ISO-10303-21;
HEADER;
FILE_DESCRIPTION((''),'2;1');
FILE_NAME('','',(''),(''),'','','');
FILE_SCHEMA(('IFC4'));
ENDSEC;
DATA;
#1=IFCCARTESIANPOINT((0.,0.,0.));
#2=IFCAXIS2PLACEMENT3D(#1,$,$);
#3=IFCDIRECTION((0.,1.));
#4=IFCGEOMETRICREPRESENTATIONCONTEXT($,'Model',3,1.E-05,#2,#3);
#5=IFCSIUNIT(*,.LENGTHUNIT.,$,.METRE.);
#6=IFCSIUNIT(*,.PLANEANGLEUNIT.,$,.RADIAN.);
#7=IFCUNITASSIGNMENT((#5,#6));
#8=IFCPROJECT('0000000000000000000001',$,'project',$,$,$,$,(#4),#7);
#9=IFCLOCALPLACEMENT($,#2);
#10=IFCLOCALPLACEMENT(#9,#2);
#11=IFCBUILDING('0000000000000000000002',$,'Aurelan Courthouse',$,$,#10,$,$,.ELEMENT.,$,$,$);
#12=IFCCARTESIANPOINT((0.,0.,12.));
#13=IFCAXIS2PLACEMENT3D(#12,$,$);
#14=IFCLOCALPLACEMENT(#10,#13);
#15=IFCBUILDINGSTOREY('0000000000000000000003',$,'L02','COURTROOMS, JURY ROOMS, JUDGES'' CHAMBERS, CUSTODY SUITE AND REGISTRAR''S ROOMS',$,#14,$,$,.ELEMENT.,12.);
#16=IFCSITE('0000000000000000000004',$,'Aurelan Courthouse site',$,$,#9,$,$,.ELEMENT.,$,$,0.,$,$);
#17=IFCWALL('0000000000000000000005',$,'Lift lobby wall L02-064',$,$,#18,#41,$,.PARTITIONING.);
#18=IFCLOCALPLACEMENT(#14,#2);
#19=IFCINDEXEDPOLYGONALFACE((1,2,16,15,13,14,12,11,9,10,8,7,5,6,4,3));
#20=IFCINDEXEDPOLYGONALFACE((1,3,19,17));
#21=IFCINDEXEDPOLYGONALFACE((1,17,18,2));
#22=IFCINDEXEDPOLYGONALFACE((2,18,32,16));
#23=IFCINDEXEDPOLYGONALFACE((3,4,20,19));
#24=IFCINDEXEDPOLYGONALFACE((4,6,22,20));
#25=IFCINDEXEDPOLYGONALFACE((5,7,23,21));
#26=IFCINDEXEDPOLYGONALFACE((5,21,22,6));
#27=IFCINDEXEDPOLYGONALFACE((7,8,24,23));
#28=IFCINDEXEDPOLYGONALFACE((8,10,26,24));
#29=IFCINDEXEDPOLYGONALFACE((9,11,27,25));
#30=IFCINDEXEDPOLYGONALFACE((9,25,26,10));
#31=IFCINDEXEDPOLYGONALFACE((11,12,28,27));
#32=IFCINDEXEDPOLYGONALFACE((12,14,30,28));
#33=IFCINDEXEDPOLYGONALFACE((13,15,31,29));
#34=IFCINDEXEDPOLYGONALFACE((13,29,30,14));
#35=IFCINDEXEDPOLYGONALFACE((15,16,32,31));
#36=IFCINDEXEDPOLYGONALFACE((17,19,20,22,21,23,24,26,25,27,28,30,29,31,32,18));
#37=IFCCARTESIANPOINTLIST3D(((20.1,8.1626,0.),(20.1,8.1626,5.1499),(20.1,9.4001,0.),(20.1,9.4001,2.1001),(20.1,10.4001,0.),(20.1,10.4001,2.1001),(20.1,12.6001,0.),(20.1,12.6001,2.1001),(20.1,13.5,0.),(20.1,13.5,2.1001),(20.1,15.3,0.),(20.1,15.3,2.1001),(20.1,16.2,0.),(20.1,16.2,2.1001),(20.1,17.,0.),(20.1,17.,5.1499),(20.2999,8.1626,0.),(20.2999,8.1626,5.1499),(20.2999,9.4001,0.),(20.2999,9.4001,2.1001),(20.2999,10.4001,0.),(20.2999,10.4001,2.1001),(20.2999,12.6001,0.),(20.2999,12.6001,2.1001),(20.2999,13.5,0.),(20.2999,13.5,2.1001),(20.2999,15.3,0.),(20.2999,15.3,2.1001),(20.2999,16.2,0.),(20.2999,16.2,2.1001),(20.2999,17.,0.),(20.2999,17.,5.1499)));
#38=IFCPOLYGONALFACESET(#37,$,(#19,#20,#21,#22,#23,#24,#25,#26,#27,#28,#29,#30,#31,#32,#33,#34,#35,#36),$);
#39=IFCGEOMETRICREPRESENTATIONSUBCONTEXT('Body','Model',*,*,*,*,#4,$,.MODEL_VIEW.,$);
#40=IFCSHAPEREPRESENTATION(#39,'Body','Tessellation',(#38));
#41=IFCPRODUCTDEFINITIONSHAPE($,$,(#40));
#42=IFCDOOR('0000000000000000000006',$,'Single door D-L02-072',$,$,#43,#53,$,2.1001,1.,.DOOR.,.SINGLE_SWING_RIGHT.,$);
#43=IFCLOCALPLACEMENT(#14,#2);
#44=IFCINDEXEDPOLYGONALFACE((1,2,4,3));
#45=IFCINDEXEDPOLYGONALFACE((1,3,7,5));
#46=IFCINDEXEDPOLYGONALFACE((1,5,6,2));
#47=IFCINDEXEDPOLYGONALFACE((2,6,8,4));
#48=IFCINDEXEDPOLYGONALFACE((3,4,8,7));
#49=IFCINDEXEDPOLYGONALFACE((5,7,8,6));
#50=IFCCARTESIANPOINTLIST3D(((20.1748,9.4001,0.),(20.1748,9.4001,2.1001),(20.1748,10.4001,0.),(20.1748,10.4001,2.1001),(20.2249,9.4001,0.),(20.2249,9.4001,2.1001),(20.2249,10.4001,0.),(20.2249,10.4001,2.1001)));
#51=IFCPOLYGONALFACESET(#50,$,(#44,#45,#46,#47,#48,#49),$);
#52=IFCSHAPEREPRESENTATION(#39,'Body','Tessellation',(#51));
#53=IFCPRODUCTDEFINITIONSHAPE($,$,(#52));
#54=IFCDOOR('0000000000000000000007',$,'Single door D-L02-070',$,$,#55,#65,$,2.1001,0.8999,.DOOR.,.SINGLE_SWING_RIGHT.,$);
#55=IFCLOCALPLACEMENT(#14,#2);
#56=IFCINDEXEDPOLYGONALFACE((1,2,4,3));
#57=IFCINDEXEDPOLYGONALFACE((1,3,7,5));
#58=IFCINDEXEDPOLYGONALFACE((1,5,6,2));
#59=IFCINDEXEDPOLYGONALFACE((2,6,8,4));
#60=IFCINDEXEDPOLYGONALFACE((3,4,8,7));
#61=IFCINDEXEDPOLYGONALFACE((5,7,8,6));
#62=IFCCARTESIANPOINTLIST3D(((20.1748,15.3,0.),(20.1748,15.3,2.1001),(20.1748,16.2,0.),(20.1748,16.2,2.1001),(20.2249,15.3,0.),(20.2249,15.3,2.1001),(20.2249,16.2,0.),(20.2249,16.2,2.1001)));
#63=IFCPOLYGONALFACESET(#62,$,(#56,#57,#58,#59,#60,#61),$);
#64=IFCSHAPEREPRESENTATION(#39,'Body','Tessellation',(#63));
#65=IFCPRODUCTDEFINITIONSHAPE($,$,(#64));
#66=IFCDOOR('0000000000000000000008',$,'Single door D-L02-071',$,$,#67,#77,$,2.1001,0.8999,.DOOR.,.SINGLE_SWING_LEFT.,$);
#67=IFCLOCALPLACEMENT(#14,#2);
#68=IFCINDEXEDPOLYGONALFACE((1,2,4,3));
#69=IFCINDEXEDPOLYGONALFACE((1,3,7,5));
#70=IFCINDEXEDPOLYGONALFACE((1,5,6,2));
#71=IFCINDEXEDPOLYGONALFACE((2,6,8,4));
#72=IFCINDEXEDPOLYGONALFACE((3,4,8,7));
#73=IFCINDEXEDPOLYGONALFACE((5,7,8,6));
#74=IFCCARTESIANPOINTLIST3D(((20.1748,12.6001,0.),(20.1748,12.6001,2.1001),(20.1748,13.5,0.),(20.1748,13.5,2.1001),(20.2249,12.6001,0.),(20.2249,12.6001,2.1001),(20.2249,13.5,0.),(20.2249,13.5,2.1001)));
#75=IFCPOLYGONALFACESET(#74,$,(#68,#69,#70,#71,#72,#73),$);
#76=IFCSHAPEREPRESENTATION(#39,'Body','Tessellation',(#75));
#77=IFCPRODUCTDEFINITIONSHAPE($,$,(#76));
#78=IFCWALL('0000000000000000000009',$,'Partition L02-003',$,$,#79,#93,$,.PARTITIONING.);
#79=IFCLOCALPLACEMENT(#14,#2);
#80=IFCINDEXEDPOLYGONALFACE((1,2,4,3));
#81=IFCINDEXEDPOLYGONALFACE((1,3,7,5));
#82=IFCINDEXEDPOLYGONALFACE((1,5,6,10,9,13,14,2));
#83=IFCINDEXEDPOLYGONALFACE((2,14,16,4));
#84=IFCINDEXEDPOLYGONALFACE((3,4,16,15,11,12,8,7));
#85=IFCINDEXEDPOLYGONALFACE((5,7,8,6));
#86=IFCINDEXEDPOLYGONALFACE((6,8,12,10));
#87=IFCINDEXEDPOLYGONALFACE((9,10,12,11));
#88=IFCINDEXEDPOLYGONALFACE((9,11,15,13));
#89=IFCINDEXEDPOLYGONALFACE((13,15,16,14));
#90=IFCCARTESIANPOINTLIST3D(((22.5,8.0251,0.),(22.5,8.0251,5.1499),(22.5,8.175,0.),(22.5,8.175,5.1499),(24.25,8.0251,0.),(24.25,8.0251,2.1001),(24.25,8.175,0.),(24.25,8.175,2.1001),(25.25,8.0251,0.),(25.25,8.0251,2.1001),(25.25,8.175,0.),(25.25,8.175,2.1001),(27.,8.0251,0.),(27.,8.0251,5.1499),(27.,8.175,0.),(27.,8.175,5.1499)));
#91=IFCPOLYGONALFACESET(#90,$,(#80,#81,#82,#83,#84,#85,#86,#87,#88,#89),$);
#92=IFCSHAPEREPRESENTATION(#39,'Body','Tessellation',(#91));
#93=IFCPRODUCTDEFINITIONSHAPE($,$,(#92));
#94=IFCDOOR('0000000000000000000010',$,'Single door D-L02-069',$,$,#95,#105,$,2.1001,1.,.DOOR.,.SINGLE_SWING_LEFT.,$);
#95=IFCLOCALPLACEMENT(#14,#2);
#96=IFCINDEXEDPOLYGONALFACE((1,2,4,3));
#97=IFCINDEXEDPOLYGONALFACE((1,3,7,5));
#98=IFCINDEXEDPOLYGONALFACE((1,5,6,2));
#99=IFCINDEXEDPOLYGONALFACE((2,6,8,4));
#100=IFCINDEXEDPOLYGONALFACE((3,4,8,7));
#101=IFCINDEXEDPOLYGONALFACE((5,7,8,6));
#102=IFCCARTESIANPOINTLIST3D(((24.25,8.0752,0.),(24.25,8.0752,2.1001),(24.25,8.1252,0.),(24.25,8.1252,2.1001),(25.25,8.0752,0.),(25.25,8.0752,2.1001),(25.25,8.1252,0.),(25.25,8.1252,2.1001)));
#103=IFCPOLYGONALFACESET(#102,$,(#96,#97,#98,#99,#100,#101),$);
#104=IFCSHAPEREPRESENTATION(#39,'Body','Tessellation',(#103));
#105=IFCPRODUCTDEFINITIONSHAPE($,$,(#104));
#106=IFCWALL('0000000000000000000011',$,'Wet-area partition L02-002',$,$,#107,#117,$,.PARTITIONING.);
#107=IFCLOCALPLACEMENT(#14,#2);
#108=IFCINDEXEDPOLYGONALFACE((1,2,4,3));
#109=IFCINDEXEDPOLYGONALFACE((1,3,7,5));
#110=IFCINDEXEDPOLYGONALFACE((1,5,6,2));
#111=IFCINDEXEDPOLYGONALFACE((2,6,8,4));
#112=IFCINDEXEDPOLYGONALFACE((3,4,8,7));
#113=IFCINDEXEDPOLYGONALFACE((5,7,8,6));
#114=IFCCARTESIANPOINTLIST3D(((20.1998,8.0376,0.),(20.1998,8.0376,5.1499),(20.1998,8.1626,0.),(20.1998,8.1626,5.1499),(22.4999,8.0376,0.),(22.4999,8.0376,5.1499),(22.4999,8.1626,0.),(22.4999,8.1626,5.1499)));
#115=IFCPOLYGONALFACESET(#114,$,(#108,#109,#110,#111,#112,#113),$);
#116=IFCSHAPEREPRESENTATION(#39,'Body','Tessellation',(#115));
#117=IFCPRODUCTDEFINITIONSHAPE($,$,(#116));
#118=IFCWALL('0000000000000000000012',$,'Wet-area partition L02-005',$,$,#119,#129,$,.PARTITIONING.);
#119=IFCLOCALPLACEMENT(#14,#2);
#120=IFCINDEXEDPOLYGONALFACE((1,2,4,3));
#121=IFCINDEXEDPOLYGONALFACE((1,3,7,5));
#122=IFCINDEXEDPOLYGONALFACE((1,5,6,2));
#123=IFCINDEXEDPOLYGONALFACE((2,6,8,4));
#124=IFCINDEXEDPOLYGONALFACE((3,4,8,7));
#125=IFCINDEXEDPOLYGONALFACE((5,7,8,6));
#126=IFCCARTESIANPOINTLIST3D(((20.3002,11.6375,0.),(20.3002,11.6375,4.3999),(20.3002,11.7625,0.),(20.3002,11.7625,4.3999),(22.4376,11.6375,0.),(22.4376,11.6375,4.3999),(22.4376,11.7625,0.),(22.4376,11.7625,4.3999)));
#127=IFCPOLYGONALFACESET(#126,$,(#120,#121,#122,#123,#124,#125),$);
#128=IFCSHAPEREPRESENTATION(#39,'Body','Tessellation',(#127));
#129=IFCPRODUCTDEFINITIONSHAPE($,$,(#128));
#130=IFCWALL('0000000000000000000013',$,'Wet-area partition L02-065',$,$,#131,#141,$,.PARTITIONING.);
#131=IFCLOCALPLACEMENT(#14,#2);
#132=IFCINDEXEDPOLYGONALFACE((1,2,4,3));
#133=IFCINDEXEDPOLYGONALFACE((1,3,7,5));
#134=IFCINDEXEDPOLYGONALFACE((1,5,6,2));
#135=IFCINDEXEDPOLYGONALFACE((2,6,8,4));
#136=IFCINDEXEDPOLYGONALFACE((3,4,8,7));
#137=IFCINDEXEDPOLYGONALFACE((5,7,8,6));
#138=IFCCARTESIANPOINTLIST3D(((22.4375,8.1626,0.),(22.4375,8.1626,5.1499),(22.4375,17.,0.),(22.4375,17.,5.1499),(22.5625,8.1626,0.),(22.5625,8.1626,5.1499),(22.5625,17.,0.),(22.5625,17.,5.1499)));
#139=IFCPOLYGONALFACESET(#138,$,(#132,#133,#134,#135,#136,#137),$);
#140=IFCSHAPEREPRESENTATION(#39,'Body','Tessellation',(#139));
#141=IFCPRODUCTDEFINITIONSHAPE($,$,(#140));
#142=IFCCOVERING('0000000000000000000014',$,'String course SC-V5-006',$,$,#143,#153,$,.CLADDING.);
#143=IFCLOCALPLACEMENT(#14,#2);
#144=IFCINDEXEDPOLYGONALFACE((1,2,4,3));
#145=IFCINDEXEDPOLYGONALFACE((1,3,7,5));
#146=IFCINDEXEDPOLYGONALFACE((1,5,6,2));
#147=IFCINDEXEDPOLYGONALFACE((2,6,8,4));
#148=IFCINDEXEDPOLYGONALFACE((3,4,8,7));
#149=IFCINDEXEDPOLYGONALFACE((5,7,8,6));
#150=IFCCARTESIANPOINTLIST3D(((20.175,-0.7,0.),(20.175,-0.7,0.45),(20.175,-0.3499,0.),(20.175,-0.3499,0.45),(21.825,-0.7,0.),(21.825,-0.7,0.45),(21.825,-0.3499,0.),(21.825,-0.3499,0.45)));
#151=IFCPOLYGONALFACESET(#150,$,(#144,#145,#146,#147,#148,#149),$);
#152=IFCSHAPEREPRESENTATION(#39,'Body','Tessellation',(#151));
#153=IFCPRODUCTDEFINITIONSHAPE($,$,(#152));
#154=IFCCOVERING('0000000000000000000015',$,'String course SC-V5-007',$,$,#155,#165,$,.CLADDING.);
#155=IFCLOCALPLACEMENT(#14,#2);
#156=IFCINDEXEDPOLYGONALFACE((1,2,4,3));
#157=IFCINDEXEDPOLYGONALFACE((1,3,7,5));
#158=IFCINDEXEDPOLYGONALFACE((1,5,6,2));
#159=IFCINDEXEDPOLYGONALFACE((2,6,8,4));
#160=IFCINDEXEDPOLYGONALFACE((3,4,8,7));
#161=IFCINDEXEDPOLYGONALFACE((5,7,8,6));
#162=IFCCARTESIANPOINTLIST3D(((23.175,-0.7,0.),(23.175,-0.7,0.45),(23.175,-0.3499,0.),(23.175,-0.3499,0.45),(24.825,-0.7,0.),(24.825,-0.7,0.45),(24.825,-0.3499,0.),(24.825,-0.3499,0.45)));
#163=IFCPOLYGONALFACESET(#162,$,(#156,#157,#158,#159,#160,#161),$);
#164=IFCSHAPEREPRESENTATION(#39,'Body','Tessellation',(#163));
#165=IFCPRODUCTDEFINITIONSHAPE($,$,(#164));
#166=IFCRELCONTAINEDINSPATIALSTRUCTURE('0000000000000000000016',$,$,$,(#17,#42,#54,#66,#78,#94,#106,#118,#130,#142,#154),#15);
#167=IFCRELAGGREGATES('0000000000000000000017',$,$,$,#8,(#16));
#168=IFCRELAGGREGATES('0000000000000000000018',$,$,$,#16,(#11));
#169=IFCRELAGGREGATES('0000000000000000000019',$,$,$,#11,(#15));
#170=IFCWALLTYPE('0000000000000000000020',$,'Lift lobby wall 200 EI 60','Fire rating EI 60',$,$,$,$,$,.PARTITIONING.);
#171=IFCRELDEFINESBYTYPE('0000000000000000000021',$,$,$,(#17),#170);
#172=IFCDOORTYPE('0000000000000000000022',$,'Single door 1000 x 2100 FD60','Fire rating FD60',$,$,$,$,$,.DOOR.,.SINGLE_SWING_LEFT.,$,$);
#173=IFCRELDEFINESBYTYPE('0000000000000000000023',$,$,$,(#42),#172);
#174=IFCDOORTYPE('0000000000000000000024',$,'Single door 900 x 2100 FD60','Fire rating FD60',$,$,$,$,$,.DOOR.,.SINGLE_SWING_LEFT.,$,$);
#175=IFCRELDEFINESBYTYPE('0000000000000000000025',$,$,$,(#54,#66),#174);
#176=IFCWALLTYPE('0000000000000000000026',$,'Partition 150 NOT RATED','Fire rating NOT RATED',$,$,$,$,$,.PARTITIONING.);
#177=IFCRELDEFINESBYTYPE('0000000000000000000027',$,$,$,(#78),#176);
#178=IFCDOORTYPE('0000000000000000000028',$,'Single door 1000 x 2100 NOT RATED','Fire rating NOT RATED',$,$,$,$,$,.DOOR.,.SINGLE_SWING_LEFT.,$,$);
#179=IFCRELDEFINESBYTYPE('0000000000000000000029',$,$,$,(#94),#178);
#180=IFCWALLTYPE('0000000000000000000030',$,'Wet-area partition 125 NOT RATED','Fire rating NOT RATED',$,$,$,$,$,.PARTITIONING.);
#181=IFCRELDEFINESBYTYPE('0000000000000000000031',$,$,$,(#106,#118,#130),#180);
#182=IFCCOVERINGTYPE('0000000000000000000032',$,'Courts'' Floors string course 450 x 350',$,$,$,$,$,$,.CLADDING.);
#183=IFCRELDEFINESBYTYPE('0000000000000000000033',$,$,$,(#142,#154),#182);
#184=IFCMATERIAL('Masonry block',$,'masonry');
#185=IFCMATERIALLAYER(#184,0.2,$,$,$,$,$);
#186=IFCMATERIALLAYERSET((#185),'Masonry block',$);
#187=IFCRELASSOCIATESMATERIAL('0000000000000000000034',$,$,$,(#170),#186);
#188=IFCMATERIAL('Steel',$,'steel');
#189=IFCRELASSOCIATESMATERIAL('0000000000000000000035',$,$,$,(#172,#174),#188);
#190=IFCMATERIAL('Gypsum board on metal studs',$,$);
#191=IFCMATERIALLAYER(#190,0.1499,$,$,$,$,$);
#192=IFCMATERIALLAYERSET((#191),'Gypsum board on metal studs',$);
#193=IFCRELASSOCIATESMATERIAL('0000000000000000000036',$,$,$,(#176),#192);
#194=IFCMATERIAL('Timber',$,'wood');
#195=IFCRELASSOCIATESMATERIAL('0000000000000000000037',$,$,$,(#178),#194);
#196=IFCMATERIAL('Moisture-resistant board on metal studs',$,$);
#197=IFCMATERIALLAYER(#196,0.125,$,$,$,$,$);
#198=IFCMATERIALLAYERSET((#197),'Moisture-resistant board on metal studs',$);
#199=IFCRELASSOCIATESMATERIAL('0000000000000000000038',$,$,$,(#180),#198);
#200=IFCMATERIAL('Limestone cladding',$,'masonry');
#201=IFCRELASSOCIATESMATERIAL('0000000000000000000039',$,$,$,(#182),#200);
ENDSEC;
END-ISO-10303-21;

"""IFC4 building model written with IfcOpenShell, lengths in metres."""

from ifc_helpers import new_model, si_unit, direction, frame, frame_2d, origin, origin_2d, place, context, subcontext, project, spatial, rectangle, extrude, material, layer, layer_set, type_object, element, fill, save


model = new_model("IFC4")

# Units and contexts
model_context = context("Model", 3, precision=1e-05, world=origin(), true_north=direction((0.0, 1.0)))
body_context = subcontext(model_context, "Body", "Model", "MODEL_VIEW")
ifc_project = project(units=[si_unit("LENGTHUNIT", "METRE"), si_unit("PLANEANGLEUNIT", "RADIAN")], contexts=[model_context])

# Site, building, storey
site_placement = place(None, origin())
site = spatial("IfcSite", under=ifc_project, at=site_placement, Name="Aurelan Courthouse site", CompositionType="ELEMENT", RefElevation=0.0)
building_placement = place(site_placement, origin())
building = spatial("IfcBuilding", under=site, at=building_placement, Name="Aurelan Courthouse", CompositionType="ELEMENT")
storey_placement = place(building_placement, frame((0.0, 0.0, 12.0)))
storey = spatial("IfcBuildingStorey", under=building, at=storey_placement, Name="L02", Description="COURTROOMS, JURY ROOMS, JUDGES' CHAMBERS, CUSTODY SUITE AND REGISTRAR'S ROOMS", CompositionType="ELEMENT", Elevation=12.0)

# Shared definitions
ifc_material_1 = material(Name="Limestone cladding", Category="masonry")

# Wall, openings, doors
ifc_material_2 = material(Name="Masonry block", Category="masonry")
ifc_layer_1 = layer(ifc_material_2, 0.2)
ifc_layer_set_1 = layer_set([ifc_layer_1], Name="Masonry block")
wall_type_1 = type_object("IfcWallType", Name="Lift lobby wall 200 EI 60", Description="Fire rating EI 60", PredefinedType="PARTITIONING", material=ifc_layer_set_1)
wall_1_placement = place(storey_placement, frame((20.2, 8.1626, 0.0), z_axis=(0.0, 0.0, 1.0), x_axis=(0.0, 1.0, 0.0)))
wall_1 = element("IfcWall", 1, at=wall_1_placement, inside=storey, type_object=wall_type_1, Name="Lift lobby wall L02-064", PredefinedType="PARTITIONING", context=body_context, shape_type="SweptSolid", body=[
    extrude(rectangle(XDim=8.8374, YDim=0.2, at=frame_2d((4.4187, 0.0))), origin(), (0.0, 0.0, 1.0), 5.1499),
])
opening_1_placement = place(wall_1_placement, frame((8.0374, 0.0, 0.0), z_axis=(0.0, 0.0, 1.0), x_axis=(-1.0, 0.0, 0.0)))
opening_1 = element("IfcOpeningElement", 2, at=opening_1_placement, cuts=wall_1, PredefinedType="OPENING", context=body_context, shape_type="SweptSolid", body=[
    extrude(rectangle(XDim=0.8999, YDim=2.1001, at=frame_2d((0.45, 1.05))), frame((0.0, 0.1099, 0.0), z_axis=(0.0, -1.0, 0.0), x_axis=(1.0, 0.0, 0.0)), (0.0, 0.0, 1.0), 0.22),
])
opening_2_placement = place(wall_1_placement, frame((5.3374, 0.0, 0.0), z_axis=(0.0, 0.0, 1.0), x_axis=(-1.0, 0.0, 0.0)))
opening_2 = element("IfcOpeningElement", 3, at=opening_2_placement, cuts=wall_1, PredefinedType="OPENING", context=body_context, shape_type="SweptSolid", body=[
    extrude(rectangle(XDim=0.8999, YDim=2.1001, at=frame_2d((0.45, 1.05))), frame((0.0, 0.1099, 0.0), z_axis=(0.0, -1.0, 0.0), x_axis=(1.0, 0.0, 0.0)), (0.0, 0.0, 1.0), 0.22),
])
opening_3_placement = place(wall_1_placement, frame((2.2375, 0.0, 0.0), z_axis=(0.0, 0.0, 1.0), x_axis=(-1.0, 0.0, 0.0)))
opening_3 = element("IfcOpeningElement", 4, at=opening_3_placement, cuts=wall_1, PredefinedType="OPENING", context=body_context, shape_type="SweptSolid", body=[
    extrude(rectangle(XDim=1.0, YDim=2.1001, at=frame_2d((0.5, 1.05))), frame((0.0, 0.1099, 0.0), z_axis=(0.0, -1.0, 0.0), x_axis=(1.0, 0.0, 0.0)), (0.0, 0.0, 1.0), 0.22),
])
ifc_material_3 = material(Name="Steel", Category="steel")
door_type_1 = type_object("IfcDoorType", Name="Single door 1000 x 2100 FD60", Description="Fire rating FD60", OperationType="SINGLE_SWING_LEFT", PredefinedType="DOOR", material=ifc_material_3)
door_1_placement = place(opening_3_placement, origin())
door_1 = element("IfcDoor", 5, at=door_1_placement, inside=storey, type_object=door_type_1, Name="Single door D-L02-072", OperationType="SINGLE_SWING_RIGHT", OverallHeight=2.1001, OverallWidth=1.0, PredefinedType="DOOR", context=body_context, shape_type="SweptSolid", body=[
    extrude(rectangle(XDim=1.0, YDim=2.1001, at=frame_2d((0.5, 1.05))), frame((0.0, 0.0249, 0.0), z_axis=(0.0, -1.0, 0.0), x_axis=(1.0, 0.0, 0.0)), (0.0, 0.0, 1.0), 0.05),
])
fill(opening_3, door_1)
door_type_2 = type_object("IfcDoorType", Name="Single door 900 x 2100 FD60", Description="Fire rating FD60", OperationType="SINGLE_SWING_LEFT", PredefinedType="DOOR", material=ifc_material_3)
door_2_placement = place(opening_1_placement, origin())
door_2 = element("IfcDoor", 6, at=door_2_placement, inside=storey, type_object=door_type_2, Name="Single door D-L02-070", OperationType="SINGLE_SWING_RIGHT", OverallHeight=2.1001, OverallWidth=0.8999, PredefinedType="DOOR", context=body_context, shape_type="SweptSolid", body=[
    extrude(rectangle(XDim=0.8999, YDim=2.1001, at=frame_2d((0.45, 1.05))), frame((0.0, 0.0249, 0.0), z_axis=(0.0, -1.0, 0.0), x_axis=(1.0, 0.0, 0.0)), (0.0, 0.0, 1.0), 0.05),
])
fill(opening_1, door_2)
door_3_placement = place(opening_2_placement, origin())
door_3 = element("IfcDoor", 7, at=door_3_placement, inside=storey, type_object=door_type_2, Name="Single door D-L02-071", OperationType="SINGLE_SWING_LEFT", OverallHeight=2.1001, OverallWidth=0.8999, PredefinedType="DOOR", context=body_context, shape_type="SweptSolid", body=[
    extrude(rectangle(XDim=0.8999, YDim=2.1001, at=frame_2d((0.45, 1.05))), frame((0.0, 0.0249, 0.0), z_axis=(0.0, -1.0, 0.0), x_axis=(1.0, 0.0, 0.0)), (0.0, 0.0, 1.0), 0.05),
])
fill(opening_2, door_3)

# Wall, opening, door
ifc_material_4 = material(Name="Gypsum board on metal studs")
ifc_layer_2 = layer(ifc_material_4, 0.1499)
ifc_layer_set_2 = layer_set([ifc_layer_2], Name="Gypsum board on metal studs")
wall_type_2 = type_object("IfcWallType", Name="Partition 150 NOT RATED", Description="Fire rating NOT RATED", PredefinedType="PARTITIONING", material=ifc_layer_set_2)
wall_2_placement = place(storey_placement, frame((22.5, 8.1001, 0.0), z_axis=(0.0, 0.0, 1.0), x_axis=(1.0, 0.0, 0.0)))
wall_2 = element("IfcWall", 8, at=wall_2_placement, inside=storey, type_object=wall_type_2, Name="Partition L02-003", PredefinedType="PARTITIONING", context=body_context, shape_type="SweptSolid", body=[
    extrude(rectangle(XDim=4.5, YDim=0.1499, at=frame_2d((2.25, 0.0))), origin(), (0.0, 0.0, 1.0), 5.1499),
])
opening_4_placement = place(wall_2_placement, frame((2.75, 0.0, 0.0), z_axis=(0.0, 0.0, 1.0), x_axis=(-1.0, 0.0, 0.0)))
opening_4 = element("IfcOpeningElement", 9, at=opening_4_placement, cuts=wall_2, PredefinedType="OPENING", context=body_context, shape_type="SweptSolid", body=[
    extrude(rectangle(XDim=1.0, YDim=2.1001, at=frame_2d((0.5, 1.05))), frame((0.0, 0.085, 0.0), z_axis=(0.0, -1.0, 0.0), x_axis=(1.0, 0.0, 0.0)), (0.0, 0.0, 1.0), 0.1699),
])
ifc_material_5 = material(Name="Timber", Category="wood")
door_type_3 = type_object("IfcDoorType", Name="Single door 1000 x 2100 NOT RATED", Description="Fire rating NOT RATED", OperationType="SINGLE_SWING_LEFT", PredefinedType="DOOR", material=ifc_material_5)
door_4_placement = place(opening_4_placement, origin())
door_4 = element("IfcDoor", 10, at=door_4_placement, inside=storey, type_object=door_type_3, Name="Single door D-L02-069", OperationType="SINGLE_SWING_LEFT", OverallHeight=2.1001, OverallWidth=1.0, PredefinedType="DOOR", context=body_context, shape_type="SweptSolid", body=[
    extrude(rectangle(XDim=1.0, YDim=2.1001, at=frame_2d((0.5, 1.05))), frame((0.0, 0.0249, 0.0), z_axis=(0.0, -1.0, 0.0), x_axis=(1.0, 0.0, 0.0)), (0.0, 0.0, 1.0), 0.05),
])
fill(opening_4, door_4)

# Walls
ifc_material_6 = material(Name="Moisture-resistant board on metal studs")
ifc_layer_3 = layer(ifc_material_6, 0.125)
ifc_layer_set_3 = layer_set([ifc_layer_3], Name="Moisture-resistant board on metal studs")
wall_type_3 = type_object("IfcWallType", Name="Wet-area partition 125 NOT RATED", Description="Fire rating NOT RATED", PredefinedType="PARTITIONING", material=ifc_layer_set_3)
wall_3_placement = place(storey_placement, frame((20.2, 8.1001, 0.0), z_axis=(0.0, 0.0, 1.0), x_axis=(1.0, 0.0, 0.0)))
element("IfcWall", 11, at=wall_3_placement, inside=storey, type_object=wall_type_3, Name="Wet-area partition L02-002", PredefinedType="PARTITIONING", context=body_context, shape_type="SweptSolid", body=[
    extrude(rectangle(XDim=2.3, YDim=0.125, at=frame_2d((1.1499, 0.0))), origin(), (0.0, 0.0, 1.0), 5.1499),
])
wall_4_placement = place(storey_placement, frame((20.3, 11.7, 0.0), z_axis=(0.0, 0.0, 1.0), x_axis=(1.0, 0.0, 0.0)))
element("IfcWall", 12, at=wall_4_placement, inside=storey, type_object=wall_type_3, Name="Wet-area partition L02-005", PredefinedType="PARTITIONING", context=body_context, shape_type="SweptSolid", body=[
    extrude(rectangle(XDim=2.1375, YDim=0.125, at=frame_2d((1.0688, 0.0))), origin(), (0.0, 0.0, 1.0), 4.3999),
])
wall_5_placement = place(storey_placement, frame((22.5, 8.1626, 0.0), z_axis=(0.0, 0.0, 1.0), x_axis=(0.0, 1.0, 0.0)))
element("IfcWall", 13, at=wall_5_placement, inside=storey, type_object=wall_type_3, Name="Wet-area partition L02-065", PredefinedType="PARTITIONING", context=body_context, shape_type="SweptSolid", body=[
    extrude(rectangle(XDim=8.8374, YDim=0.125, at=frame_2d((4.4187, 0.0))), origin(), (0.0, 0.0, 1.0), 5.1499),
])

# Coverings
covering_type = type_object("IfcCoveringType", Name="Courts' Floors string course 450 x 350", PredefinedType="CLADDING", material=ifc_material_1)
for number, where, z_axis, x_axis, name in (
    (14, (21.0, -0.5249, 0.0), (0.0, 0.0, 1.0), (1.0, 0.0, 0.0), "String course SC-V5-006"),
    (15, (24.0, -0.5249, 0.0), (0.0, 0.0, 1.0), (1.0, 0.0, 0.0), "String course SC-V5-007"),
):
    element("IfcCovering", number, at=place(storey_placement, frame(where, z_axis=z_axis, x_axis=x_axis)), inside=storey, type_object=covering_type, Name=name, PredefinedType="CLADDING", context=body_context, shape_type="SweptSolid", body=[
        extrude(rectangle(XDim=1.6499, YDim=0.3501, at=origin_2d()), origin(), (0.0, 0.0, 1.0), 0.45),
    ])

save(model, "model.ifc")
